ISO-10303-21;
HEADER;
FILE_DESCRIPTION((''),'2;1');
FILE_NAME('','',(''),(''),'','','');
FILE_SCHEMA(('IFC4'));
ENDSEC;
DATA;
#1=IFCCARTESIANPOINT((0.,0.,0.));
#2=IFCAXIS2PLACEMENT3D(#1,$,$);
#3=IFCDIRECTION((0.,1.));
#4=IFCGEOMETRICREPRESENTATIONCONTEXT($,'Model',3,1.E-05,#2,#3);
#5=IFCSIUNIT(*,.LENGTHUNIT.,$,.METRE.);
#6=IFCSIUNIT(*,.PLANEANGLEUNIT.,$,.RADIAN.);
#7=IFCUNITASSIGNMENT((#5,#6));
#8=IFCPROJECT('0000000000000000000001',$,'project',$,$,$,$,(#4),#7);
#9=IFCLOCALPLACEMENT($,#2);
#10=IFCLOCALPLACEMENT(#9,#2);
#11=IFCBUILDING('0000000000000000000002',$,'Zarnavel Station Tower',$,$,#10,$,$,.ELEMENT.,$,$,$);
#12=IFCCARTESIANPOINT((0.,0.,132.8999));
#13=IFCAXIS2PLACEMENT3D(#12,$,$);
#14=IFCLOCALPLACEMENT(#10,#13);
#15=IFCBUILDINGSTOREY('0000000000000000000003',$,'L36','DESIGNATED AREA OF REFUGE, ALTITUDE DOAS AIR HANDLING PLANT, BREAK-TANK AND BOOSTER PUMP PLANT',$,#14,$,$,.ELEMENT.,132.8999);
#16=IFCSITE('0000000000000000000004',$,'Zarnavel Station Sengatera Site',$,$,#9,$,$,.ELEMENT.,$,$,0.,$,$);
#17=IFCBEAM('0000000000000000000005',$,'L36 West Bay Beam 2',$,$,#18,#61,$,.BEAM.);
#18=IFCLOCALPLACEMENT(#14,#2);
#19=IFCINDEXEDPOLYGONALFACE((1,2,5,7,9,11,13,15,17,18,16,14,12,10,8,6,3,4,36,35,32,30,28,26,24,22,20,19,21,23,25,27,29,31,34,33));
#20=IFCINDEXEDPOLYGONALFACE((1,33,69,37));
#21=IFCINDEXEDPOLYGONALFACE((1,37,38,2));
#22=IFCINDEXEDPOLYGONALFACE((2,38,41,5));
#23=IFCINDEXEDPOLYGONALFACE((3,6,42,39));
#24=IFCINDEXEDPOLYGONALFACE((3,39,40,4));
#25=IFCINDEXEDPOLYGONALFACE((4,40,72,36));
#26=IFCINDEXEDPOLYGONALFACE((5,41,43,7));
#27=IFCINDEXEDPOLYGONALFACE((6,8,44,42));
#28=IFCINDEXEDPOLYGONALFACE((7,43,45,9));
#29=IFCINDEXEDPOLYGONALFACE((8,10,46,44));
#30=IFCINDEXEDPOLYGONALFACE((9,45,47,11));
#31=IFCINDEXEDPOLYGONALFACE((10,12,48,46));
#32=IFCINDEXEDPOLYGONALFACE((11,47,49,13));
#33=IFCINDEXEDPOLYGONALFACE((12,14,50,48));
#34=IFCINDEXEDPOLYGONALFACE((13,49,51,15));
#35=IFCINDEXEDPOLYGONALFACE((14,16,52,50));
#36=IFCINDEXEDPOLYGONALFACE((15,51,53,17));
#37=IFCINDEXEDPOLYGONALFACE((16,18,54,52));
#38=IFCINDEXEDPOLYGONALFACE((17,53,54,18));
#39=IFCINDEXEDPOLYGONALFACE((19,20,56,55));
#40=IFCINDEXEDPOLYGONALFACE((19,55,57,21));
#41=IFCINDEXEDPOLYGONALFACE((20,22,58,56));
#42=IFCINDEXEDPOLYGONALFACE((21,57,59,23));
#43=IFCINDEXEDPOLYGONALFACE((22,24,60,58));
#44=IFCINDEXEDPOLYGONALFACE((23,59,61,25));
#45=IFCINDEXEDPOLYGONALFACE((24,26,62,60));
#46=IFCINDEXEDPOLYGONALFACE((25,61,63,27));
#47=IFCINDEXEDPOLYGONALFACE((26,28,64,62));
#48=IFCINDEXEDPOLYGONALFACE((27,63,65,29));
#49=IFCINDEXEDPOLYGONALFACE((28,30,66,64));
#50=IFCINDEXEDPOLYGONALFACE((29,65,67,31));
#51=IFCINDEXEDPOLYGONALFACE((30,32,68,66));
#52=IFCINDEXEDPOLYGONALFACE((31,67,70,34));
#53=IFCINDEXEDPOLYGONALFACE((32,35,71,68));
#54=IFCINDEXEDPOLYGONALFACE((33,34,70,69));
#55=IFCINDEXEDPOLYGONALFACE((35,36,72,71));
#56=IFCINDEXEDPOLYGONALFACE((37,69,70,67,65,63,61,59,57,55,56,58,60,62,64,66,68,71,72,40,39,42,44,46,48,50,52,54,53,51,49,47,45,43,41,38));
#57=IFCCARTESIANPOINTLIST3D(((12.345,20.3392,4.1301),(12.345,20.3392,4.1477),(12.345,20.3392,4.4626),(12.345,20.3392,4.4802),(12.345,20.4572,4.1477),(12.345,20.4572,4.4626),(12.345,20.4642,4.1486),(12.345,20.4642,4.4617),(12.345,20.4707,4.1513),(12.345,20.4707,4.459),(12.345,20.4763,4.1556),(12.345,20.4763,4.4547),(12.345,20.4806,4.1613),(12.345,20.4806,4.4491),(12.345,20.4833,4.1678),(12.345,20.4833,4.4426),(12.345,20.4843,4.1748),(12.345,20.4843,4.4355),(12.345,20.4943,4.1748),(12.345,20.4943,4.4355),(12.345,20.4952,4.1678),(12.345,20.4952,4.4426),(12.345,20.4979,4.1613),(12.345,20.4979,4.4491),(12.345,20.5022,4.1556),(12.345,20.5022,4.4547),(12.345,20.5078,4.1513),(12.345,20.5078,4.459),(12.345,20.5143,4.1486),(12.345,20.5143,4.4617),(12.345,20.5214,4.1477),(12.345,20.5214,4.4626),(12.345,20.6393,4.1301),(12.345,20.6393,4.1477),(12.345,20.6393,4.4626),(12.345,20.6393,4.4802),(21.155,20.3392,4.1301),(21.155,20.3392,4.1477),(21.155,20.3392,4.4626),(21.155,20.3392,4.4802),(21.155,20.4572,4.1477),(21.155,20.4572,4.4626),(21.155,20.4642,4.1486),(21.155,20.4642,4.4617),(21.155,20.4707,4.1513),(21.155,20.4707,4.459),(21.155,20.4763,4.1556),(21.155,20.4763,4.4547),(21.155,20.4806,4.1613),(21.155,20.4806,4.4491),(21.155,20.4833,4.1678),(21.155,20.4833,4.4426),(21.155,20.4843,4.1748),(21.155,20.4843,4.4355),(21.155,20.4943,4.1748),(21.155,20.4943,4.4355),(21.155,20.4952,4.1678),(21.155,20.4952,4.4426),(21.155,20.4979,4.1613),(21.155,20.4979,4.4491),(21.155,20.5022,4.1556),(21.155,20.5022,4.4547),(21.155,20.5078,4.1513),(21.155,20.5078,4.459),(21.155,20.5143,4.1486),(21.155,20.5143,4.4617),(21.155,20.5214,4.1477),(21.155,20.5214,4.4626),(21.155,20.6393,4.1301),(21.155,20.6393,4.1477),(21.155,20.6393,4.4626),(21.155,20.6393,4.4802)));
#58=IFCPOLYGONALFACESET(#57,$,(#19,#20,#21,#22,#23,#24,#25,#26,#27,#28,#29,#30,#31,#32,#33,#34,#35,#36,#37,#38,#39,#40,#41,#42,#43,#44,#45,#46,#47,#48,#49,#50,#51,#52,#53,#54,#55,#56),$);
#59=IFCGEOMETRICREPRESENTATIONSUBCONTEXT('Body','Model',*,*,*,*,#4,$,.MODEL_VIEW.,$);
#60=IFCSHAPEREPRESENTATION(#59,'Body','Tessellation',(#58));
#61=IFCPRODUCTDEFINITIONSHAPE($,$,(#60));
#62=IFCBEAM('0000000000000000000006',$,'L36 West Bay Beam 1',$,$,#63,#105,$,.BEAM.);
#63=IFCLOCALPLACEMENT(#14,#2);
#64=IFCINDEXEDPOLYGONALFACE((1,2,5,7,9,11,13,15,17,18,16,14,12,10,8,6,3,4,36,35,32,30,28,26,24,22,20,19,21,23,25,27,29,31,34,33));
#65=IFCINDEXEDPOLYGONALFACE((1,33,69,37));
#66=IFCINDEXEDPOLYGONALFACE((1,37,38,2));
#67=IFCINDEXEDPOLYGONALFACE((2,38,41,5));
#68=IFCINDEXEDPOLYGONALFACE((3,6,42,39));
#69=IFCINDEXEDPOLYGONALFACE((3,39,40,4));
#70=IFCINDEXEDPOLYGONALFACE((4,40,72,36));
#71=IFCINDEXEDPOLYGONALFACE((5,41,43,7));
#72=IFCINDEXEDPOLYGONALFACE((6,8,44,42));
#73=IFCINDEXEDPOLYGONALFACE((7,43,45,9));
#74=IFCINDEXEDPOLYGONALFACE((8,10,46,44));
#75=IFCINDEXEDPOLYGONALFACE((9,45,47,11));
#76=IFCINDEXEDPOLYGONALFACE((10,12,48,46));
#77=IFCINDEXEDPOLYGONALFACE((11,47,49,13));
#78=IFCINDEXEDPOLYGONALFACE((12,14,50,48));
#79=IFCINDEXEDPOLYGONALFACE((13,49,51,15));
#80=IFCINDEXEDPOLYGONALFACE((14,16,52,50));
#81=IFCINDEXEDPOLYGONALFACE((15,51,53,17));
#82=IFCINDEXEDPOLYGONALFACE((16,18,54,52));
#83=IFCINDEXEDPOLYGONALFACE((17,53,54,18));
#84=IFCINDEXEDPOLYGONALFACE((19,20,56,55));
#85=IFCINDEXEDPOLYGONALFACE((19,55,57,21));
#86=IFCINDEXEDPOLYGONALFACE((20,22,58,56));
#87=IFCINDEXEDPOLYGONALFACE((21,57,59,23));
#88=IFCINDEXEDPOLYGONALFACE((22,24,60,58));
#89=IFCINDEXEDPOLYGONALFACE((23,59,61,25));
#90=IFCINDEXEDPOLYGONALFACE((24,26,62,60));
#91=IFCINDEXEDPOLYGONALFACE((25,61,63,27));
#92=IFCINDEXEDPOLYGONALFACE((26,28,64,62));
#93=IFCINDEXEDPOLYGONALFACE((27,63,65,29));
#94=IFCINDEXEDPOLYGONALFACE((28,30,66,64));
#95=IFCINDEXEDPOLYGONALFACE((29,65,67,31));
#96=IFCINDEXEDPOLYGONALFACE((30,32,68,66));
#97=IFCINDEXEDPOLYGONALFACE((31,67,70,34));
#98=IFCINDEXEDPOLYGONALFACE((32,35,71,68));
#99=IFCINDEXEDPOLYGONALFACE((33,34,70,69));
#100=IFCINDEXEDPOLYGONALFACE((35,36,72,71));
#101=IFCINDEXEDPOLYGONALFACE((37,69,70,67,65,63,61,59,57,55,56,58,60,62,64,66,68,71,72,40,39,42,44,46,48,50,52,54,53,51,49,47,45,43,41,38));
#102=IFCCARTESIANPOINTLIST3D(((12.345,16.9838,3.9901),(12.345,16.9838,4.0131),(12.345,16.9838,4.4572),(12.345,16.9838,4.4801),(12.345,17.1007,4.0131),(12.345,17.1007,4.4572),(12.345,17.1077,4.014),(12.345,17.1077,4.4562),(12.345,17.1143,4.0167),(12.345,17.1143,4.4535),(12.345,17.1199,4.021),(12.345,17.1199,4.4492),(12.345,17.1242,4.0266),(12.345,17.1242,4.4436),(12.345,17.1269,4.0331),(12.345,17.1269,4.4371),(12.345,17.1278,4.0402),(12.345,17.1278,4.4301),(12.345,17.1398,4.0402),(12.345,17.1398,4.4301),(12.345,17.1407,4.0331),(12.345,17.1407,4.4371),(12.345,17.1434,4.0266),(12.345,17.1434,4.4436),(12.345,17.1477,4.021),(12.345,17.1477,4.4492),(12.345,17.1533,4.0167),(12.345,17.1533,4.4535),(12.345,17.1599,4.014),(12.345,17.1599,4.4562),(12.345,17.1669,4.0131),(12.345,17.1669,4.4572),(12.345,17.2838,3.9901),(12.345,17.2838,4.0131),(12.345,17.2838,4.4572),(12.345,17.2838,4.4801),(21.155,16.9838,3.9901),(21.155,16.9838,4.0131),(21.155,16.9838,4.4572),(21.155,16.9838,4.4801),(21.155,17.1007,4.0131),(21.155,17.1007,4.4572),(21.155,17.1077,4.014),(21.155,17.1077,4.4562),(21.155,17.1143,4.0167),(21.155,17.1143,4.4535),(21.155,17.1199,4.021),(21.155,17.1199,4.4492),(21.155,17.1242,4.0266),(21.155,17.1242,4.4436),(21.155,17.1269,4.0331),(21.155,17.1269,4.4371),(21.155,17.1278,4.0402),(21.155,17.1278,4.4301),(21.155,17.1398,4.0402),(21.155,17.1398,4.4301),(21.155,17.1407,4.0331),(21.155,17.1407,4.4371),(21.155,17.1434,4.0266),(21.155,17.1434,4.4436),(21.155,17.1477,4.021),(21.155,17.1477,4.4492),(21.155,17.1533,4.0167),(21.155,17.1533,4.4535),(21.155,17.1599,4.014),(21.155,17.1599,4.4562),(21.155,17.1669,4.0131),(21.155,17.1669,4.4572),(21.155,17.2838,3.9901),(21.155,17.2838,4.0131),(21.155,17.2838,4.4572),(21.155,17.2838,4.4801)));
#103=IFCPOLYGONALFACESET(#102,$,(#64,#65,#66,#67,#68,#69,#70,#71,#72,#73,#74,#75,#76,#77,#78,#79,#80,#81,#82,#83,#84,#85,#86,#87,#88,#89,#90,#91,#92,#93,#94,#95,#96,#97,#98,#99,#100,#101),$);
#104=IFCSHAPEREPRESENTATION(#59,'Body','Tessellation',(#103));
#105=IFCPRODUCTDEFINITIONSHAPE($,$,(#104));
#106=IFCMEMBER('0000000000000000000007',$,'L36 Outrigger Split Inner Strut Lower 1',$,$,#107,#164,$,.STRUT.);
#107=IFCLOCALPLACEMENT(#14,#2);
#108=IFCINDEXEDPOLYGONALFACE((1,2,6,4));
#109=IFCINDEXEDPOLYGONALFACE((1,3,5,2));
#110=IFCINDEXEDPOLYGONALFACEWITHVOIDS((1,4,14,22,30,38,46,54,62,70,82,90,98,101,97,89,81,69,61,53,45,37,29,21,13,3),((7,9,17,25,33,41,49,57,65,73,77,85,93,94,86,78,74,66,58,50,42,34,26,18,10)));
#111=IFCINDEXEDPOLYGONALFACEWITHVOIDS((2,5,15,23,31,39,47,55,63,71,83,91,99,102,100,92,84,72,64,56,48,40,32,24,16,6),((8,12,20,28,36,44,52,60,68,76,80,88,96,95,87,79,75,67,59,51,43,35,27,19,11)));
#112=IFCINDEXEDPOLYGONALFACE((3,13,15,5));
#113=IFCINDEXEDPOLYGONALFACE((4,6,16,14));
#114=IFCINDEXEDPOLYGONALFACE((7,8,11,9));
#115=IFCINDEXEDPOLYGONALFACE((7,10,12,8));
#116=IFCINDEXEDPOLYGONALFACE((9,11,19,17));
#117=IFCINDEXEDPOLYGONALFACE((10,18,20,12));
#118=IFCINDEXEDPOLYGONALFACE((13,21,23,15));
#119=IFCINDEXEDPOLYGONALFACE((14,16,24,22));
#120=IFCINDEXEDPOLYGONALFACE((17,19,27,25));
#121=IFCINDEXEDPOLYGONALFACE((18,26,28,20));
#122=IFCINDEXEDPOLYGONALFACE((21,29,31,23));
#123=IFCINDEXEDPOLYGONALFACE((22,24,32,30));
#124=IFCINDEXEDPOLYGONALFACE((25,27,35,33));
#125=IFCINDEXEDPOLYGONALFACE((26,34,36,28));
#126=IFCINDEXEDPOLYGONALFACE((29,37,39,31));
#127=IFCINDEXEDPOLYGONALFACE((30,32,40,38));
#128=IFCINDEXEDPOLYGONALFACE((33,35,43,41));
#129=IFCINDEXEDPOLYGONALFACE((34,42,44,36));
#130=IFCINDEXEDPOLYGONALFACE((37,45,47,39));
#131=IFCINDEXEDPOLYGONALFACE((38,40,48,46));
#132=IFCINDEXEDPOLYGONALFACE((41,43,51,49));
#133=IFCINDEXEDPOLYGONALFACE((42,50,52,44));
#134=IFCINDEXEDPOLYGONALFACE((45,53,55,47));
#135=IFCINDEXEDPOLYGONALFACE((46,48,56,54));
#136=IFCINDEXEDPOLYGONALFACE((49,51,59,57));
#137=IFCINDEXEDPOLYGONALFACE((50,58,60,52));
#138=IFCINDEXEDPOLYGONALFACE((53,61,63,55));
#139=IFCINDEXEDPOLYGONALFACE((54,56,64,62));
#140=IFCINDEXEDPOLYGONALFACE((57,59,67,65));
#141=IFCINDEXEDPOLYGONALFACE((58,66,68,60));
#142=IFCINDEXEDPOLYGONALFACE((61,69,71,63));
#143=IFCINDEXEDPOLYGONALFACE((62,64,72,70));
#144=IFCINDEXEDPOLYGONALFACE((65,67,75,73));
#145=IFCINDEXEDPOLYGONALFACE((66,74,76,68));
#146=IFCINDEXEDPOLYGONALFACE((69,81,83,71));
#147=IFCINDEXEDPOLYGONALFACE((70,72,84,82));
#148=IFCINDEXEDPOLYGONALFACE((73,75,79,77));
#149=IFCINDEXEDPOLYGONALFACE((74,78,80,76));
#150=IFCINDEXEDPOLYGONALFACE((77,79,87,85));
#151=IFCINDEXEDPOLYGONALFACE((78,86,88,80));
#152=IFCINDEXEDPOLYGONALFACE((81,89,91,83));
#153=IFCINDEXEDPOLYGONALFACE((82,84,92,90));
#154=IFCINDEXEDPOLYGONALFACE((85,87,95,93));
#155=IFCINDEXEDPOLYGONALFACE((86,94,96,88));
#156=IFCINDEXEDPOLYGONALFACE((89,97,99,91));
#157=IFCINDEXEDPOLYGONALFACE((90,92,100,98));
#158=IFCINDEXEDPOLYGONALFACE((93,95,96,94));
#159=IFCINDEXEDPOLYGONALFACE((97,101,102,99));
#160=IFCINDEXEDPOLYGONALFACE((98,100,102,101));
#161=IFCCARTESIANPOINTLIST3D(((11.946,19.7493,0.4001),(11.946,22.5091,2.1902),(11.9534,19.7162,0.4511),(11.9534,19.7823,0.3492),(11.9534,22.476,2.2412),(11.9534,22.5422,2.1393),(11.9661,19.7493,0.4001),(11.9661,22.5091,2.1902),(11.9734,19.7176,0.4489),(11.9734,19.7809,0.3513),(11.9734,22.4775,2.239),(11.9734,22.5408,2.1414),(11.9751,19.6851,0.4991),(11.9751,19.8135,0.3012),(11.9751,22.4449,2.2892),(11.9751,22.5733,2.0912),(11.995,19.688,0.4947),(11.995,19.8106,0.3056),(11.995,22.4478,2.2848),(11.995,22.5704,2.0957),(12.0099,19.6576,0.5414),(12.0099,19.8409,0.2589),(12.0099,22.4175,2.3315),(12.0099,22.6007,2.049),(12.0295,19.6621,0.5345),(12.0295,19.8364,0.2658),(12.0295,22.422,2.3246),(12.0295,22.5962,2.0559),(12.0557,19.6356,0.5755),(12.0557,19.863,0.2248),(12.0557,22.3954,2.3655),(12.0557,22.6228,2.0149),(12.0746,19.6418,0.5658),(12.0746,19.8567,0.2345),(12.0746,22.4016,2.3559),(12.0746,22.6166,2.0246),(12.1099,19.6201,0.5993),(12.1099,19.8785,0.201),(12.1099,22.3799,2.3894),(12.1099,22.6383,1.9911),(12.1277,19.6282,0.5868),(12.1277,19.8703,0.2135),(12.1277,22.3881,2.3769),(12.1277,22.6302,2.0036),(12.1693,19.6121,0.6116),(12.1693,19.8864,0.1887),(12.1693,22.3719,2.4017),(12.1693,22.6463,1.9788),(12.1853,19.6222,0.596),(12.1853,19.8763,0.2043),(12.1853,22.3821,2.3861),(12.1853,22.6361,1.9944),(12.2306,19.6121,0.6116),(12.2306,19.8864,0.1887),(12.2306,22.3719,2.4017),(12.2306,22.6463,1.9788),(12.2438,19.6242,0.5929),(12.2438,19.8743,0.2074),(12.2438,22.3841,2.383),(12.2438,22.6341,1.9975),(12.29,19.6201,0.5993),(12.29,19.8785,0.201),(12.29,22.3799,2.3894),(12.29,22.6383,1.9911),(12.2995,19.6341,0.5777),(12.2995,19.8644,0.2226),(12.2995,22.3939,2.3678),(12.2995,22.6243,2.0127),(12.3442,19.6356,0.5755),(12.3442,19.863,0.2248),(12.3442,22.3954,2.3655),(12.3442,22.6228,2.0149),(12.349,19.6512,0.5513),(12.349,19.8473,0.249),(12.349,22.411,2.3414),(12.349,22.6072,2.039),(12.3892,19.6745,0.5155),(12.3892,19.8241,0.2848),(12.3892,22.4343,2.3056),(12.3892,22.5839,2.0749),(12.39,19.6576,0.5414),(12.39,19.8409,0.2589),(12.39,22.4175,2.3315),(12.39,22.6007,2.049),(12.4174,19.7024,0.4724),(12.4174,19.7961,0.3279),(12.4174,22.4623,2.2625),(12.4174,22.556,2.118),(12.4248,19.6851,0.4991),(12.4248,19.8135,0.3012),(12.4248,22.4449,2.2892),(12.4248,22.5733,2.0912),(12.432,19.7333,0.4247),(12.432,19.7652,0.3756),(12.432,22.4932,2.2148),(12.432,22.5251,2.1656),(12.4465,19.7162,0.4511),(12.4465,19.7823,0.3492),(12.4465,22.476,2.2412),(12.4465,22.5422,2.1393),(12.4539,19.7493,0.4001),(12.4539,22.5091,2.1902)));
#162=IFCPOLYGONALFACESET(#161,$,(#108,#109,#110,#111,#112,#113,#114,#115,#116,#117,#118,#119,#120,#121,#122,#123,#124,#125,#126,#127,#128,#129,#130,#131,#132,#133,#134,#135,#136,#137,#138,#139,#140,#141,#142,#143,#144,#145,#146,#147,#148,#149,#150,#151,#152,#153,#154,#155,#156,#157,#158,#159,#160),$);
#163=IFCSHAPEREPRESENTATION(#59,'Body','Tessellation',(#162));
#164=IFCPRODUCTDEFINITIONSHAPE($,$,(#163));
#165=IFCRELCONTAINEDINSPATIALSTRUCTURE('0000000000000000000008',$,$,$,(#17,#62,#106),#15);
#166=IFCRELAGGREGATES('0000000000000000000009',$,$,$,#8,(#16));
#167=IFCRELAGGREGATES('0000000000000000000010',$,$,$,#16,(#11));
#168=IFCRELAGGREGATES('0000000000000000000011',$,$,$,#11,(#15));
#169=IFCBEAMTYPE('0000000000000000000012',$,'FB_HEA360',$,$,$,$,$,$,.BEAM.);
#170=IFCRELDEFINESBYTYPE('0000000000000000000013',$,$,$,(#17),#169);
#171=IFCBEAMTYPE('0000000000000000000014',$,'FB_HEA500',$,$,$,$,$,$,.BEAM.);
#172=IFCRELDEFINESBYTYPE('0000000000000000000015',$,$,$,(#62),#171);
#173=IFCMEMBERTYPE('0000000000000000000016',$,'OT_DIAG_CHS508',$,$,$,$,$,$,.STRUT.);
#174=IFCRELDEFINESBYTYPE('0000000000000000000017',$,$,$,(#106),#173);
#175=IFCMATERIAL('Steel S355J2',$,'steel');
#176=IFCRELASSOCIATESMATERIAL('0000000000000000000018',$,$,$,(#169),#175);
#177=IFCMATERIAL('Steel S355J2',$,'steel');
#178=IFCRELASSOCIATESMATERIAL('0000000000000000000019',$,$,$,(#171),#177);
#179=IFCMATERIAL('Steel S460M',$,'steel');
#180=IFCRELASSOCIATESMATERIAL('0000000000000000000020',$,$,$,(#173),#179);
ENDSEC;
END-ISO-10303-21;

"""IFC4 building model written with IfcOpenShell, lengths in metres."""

from ifc_helpers import new_model, si_unit, direction, frame, origin, origin_2d, place, context, subcontext, project, spatial, hollow_circle, i_section, extrude, material, material_profile, profile_set, type_object, element, save


model = new_model("IFC4")

# Units and contexts
model_context = context("Model", 3, precision=1e-05, world=origin(), true_north=direction((0.0, 1.0)))
body_context = subcontext(model_context, "Body", "Model", "MODEL_VIEW")
ifc_project = project(units=[si_unit("LENGTHUNIT", "METRE"), si_unit("PLANEANGLEUNIT", "RADIAN")], contexts=[model_context])

# Site, building, storey
site_placement = place(None, origin())
site = spatial("IfcSite", under=ifc_project, at=site_placement, Name="Zarnavel Station Sengatera Site", CompositionType="ELEMENT", RefElevation=0.0)
building_placement = place(site_placement, origin())
building = spatial("IfcBuilding", under=site, at=building_placement, Name="Zarnavel Station Tower", CompositionType="ELEMENT")
storey_placement = place(building_placement, frame((0.0, 0.0, 132.8999)))
storey = spatial("IfcBuildingStorey", under=building, at=storey_placement, Name="L36", Description="DESIGNATED AREA OF REFUGE, ALTITUDE DOAS AIR HANDLING PLANT, BREAK-TANK AND BOOSTER PUMP PLANT", CompositionType="ELEMENT", Elevation=132.8999)

# Beams
ifc_material_1 = material(Name="Steel S355J2", Category="steel")
ifc_material_profile_1 = material_profile(ifc_material_1, i_section(OverallWidth=0.3, OverallDepth=0.3501, WebThickness=0.01, FlangeThickness=0.0176, FilletRadius=0.0271, at=origin_2d()), Name="HEA360")
ifc_profile_set_1 = profile_set([ifc_material_profile_1], Name="Steel S355J2")
beam_type_1 = type_object("IfcBeamType", Name="FB_HEA360", PredefinedType="BEAM", material=ifc_profile_set_1)
beam_1_placement = place(storey_placement, frame((12.345, 20.4893, 4.3052), z_axis=(1.0, 0.0, 0.0), x_axis=(0.0, 1.0, 0.0)))
element("IfcBeam", 1, at=beam_1_placement, inside=storey, type_object=beam_type_1, Name="L36 West Bay Beam 2", PredefinedType="BEAM", context=body_context, shape_type="SweptSolid", body=[
    extrude(i_section(OverallWidth=0.3, OverallDepth=0.3501, WebThickness=0.01, FlangeThickness=0.0176, FilletRadius=0.0271, at=origin_2d()), origin(), (0.0, 0.0, 1.0), 8.8101),
])
ifc_material_2 = material(Name="Steel S355J2", Category="steel")
ifc_material_profile_2 = material_profile(ifc_material_2, i_section(OverallWidth=0.3, OverallDepth=0.49, WebThickness=0.012, FlangeThickness=0.0229, FilletRadius=0.0271, at=origin_2d()), Name="HEA500")
ifc_profile_set_2 = profile_set([ifc_material_profile_2], Name="Steel S355J2")
beam_type_2 = type_object("IfcBeamType", Name="FB_HEA500", PredefinedType="BEAM", material=ifc_profile_set_2)
beam_2_placement = place(storey_placement, frame((12.345, 17.1338, 4.2351), z_axis=(1.0, 0.0, 0.0), x_axis=(0.0, 1.0, 0.0)))
element("IfcBeam", 2, at=beam_2_placement, inside=storey, type_object=beam_type_2, Name="L36 West Bay Beam 1", PredefinedType="BEAM", context=body_context, shape_type="SweptSolid", body=[
    extrude(i_section(OverallWidth=0.3, OverallDepth=0.49, WebThickness=0.012, FlangeThickness=0.0229, FilletRadius=0.0271, at=origin_2d()), origin(), (0.0, 0.0, 1.0), 8.8101),
])

# Member
ifc_material_3 = material(Name="Steel S460M", Category="steel")
ifc_material_profile_3 = material_profile(ifc_material_3, hollow_circle(Radius=0.2539, WallThickness=0.02, at=origin_2d()), Name="CHS508x20")
ifc_profile_set_3 = profile_set([ifc_material_profile_3], Name="Steel S460M")
member_type_1 = type_object("IfcMemberType", Name="OT_DIAG_CHS508", PredefinedType="STRUT", material=ifc_profile_set_3)
member_1_placement = place(storey_placement, frame((12.2, 19.7493, 0.4001), z_axis=(0.0, 0.838972, 0.544174), x_axis=(-1.0, 0.0, 0.0)))
element("IfcMember", 3, at=member_1_placement, inside=storey, type_object=member_type_1, Name="L36 Outrigger Split Inner Strut Lower 1", PredefinedType="STRUT", context=body_context, shape_type="SweptSolid", body=[
    extrude(hollow_circle(Radius=0.2539, WallThickness=0.02, at=origin_2d()), origin(), (0.0, 0.0, 1.0), 3.2896),
])

save(model, "model.ifc")
